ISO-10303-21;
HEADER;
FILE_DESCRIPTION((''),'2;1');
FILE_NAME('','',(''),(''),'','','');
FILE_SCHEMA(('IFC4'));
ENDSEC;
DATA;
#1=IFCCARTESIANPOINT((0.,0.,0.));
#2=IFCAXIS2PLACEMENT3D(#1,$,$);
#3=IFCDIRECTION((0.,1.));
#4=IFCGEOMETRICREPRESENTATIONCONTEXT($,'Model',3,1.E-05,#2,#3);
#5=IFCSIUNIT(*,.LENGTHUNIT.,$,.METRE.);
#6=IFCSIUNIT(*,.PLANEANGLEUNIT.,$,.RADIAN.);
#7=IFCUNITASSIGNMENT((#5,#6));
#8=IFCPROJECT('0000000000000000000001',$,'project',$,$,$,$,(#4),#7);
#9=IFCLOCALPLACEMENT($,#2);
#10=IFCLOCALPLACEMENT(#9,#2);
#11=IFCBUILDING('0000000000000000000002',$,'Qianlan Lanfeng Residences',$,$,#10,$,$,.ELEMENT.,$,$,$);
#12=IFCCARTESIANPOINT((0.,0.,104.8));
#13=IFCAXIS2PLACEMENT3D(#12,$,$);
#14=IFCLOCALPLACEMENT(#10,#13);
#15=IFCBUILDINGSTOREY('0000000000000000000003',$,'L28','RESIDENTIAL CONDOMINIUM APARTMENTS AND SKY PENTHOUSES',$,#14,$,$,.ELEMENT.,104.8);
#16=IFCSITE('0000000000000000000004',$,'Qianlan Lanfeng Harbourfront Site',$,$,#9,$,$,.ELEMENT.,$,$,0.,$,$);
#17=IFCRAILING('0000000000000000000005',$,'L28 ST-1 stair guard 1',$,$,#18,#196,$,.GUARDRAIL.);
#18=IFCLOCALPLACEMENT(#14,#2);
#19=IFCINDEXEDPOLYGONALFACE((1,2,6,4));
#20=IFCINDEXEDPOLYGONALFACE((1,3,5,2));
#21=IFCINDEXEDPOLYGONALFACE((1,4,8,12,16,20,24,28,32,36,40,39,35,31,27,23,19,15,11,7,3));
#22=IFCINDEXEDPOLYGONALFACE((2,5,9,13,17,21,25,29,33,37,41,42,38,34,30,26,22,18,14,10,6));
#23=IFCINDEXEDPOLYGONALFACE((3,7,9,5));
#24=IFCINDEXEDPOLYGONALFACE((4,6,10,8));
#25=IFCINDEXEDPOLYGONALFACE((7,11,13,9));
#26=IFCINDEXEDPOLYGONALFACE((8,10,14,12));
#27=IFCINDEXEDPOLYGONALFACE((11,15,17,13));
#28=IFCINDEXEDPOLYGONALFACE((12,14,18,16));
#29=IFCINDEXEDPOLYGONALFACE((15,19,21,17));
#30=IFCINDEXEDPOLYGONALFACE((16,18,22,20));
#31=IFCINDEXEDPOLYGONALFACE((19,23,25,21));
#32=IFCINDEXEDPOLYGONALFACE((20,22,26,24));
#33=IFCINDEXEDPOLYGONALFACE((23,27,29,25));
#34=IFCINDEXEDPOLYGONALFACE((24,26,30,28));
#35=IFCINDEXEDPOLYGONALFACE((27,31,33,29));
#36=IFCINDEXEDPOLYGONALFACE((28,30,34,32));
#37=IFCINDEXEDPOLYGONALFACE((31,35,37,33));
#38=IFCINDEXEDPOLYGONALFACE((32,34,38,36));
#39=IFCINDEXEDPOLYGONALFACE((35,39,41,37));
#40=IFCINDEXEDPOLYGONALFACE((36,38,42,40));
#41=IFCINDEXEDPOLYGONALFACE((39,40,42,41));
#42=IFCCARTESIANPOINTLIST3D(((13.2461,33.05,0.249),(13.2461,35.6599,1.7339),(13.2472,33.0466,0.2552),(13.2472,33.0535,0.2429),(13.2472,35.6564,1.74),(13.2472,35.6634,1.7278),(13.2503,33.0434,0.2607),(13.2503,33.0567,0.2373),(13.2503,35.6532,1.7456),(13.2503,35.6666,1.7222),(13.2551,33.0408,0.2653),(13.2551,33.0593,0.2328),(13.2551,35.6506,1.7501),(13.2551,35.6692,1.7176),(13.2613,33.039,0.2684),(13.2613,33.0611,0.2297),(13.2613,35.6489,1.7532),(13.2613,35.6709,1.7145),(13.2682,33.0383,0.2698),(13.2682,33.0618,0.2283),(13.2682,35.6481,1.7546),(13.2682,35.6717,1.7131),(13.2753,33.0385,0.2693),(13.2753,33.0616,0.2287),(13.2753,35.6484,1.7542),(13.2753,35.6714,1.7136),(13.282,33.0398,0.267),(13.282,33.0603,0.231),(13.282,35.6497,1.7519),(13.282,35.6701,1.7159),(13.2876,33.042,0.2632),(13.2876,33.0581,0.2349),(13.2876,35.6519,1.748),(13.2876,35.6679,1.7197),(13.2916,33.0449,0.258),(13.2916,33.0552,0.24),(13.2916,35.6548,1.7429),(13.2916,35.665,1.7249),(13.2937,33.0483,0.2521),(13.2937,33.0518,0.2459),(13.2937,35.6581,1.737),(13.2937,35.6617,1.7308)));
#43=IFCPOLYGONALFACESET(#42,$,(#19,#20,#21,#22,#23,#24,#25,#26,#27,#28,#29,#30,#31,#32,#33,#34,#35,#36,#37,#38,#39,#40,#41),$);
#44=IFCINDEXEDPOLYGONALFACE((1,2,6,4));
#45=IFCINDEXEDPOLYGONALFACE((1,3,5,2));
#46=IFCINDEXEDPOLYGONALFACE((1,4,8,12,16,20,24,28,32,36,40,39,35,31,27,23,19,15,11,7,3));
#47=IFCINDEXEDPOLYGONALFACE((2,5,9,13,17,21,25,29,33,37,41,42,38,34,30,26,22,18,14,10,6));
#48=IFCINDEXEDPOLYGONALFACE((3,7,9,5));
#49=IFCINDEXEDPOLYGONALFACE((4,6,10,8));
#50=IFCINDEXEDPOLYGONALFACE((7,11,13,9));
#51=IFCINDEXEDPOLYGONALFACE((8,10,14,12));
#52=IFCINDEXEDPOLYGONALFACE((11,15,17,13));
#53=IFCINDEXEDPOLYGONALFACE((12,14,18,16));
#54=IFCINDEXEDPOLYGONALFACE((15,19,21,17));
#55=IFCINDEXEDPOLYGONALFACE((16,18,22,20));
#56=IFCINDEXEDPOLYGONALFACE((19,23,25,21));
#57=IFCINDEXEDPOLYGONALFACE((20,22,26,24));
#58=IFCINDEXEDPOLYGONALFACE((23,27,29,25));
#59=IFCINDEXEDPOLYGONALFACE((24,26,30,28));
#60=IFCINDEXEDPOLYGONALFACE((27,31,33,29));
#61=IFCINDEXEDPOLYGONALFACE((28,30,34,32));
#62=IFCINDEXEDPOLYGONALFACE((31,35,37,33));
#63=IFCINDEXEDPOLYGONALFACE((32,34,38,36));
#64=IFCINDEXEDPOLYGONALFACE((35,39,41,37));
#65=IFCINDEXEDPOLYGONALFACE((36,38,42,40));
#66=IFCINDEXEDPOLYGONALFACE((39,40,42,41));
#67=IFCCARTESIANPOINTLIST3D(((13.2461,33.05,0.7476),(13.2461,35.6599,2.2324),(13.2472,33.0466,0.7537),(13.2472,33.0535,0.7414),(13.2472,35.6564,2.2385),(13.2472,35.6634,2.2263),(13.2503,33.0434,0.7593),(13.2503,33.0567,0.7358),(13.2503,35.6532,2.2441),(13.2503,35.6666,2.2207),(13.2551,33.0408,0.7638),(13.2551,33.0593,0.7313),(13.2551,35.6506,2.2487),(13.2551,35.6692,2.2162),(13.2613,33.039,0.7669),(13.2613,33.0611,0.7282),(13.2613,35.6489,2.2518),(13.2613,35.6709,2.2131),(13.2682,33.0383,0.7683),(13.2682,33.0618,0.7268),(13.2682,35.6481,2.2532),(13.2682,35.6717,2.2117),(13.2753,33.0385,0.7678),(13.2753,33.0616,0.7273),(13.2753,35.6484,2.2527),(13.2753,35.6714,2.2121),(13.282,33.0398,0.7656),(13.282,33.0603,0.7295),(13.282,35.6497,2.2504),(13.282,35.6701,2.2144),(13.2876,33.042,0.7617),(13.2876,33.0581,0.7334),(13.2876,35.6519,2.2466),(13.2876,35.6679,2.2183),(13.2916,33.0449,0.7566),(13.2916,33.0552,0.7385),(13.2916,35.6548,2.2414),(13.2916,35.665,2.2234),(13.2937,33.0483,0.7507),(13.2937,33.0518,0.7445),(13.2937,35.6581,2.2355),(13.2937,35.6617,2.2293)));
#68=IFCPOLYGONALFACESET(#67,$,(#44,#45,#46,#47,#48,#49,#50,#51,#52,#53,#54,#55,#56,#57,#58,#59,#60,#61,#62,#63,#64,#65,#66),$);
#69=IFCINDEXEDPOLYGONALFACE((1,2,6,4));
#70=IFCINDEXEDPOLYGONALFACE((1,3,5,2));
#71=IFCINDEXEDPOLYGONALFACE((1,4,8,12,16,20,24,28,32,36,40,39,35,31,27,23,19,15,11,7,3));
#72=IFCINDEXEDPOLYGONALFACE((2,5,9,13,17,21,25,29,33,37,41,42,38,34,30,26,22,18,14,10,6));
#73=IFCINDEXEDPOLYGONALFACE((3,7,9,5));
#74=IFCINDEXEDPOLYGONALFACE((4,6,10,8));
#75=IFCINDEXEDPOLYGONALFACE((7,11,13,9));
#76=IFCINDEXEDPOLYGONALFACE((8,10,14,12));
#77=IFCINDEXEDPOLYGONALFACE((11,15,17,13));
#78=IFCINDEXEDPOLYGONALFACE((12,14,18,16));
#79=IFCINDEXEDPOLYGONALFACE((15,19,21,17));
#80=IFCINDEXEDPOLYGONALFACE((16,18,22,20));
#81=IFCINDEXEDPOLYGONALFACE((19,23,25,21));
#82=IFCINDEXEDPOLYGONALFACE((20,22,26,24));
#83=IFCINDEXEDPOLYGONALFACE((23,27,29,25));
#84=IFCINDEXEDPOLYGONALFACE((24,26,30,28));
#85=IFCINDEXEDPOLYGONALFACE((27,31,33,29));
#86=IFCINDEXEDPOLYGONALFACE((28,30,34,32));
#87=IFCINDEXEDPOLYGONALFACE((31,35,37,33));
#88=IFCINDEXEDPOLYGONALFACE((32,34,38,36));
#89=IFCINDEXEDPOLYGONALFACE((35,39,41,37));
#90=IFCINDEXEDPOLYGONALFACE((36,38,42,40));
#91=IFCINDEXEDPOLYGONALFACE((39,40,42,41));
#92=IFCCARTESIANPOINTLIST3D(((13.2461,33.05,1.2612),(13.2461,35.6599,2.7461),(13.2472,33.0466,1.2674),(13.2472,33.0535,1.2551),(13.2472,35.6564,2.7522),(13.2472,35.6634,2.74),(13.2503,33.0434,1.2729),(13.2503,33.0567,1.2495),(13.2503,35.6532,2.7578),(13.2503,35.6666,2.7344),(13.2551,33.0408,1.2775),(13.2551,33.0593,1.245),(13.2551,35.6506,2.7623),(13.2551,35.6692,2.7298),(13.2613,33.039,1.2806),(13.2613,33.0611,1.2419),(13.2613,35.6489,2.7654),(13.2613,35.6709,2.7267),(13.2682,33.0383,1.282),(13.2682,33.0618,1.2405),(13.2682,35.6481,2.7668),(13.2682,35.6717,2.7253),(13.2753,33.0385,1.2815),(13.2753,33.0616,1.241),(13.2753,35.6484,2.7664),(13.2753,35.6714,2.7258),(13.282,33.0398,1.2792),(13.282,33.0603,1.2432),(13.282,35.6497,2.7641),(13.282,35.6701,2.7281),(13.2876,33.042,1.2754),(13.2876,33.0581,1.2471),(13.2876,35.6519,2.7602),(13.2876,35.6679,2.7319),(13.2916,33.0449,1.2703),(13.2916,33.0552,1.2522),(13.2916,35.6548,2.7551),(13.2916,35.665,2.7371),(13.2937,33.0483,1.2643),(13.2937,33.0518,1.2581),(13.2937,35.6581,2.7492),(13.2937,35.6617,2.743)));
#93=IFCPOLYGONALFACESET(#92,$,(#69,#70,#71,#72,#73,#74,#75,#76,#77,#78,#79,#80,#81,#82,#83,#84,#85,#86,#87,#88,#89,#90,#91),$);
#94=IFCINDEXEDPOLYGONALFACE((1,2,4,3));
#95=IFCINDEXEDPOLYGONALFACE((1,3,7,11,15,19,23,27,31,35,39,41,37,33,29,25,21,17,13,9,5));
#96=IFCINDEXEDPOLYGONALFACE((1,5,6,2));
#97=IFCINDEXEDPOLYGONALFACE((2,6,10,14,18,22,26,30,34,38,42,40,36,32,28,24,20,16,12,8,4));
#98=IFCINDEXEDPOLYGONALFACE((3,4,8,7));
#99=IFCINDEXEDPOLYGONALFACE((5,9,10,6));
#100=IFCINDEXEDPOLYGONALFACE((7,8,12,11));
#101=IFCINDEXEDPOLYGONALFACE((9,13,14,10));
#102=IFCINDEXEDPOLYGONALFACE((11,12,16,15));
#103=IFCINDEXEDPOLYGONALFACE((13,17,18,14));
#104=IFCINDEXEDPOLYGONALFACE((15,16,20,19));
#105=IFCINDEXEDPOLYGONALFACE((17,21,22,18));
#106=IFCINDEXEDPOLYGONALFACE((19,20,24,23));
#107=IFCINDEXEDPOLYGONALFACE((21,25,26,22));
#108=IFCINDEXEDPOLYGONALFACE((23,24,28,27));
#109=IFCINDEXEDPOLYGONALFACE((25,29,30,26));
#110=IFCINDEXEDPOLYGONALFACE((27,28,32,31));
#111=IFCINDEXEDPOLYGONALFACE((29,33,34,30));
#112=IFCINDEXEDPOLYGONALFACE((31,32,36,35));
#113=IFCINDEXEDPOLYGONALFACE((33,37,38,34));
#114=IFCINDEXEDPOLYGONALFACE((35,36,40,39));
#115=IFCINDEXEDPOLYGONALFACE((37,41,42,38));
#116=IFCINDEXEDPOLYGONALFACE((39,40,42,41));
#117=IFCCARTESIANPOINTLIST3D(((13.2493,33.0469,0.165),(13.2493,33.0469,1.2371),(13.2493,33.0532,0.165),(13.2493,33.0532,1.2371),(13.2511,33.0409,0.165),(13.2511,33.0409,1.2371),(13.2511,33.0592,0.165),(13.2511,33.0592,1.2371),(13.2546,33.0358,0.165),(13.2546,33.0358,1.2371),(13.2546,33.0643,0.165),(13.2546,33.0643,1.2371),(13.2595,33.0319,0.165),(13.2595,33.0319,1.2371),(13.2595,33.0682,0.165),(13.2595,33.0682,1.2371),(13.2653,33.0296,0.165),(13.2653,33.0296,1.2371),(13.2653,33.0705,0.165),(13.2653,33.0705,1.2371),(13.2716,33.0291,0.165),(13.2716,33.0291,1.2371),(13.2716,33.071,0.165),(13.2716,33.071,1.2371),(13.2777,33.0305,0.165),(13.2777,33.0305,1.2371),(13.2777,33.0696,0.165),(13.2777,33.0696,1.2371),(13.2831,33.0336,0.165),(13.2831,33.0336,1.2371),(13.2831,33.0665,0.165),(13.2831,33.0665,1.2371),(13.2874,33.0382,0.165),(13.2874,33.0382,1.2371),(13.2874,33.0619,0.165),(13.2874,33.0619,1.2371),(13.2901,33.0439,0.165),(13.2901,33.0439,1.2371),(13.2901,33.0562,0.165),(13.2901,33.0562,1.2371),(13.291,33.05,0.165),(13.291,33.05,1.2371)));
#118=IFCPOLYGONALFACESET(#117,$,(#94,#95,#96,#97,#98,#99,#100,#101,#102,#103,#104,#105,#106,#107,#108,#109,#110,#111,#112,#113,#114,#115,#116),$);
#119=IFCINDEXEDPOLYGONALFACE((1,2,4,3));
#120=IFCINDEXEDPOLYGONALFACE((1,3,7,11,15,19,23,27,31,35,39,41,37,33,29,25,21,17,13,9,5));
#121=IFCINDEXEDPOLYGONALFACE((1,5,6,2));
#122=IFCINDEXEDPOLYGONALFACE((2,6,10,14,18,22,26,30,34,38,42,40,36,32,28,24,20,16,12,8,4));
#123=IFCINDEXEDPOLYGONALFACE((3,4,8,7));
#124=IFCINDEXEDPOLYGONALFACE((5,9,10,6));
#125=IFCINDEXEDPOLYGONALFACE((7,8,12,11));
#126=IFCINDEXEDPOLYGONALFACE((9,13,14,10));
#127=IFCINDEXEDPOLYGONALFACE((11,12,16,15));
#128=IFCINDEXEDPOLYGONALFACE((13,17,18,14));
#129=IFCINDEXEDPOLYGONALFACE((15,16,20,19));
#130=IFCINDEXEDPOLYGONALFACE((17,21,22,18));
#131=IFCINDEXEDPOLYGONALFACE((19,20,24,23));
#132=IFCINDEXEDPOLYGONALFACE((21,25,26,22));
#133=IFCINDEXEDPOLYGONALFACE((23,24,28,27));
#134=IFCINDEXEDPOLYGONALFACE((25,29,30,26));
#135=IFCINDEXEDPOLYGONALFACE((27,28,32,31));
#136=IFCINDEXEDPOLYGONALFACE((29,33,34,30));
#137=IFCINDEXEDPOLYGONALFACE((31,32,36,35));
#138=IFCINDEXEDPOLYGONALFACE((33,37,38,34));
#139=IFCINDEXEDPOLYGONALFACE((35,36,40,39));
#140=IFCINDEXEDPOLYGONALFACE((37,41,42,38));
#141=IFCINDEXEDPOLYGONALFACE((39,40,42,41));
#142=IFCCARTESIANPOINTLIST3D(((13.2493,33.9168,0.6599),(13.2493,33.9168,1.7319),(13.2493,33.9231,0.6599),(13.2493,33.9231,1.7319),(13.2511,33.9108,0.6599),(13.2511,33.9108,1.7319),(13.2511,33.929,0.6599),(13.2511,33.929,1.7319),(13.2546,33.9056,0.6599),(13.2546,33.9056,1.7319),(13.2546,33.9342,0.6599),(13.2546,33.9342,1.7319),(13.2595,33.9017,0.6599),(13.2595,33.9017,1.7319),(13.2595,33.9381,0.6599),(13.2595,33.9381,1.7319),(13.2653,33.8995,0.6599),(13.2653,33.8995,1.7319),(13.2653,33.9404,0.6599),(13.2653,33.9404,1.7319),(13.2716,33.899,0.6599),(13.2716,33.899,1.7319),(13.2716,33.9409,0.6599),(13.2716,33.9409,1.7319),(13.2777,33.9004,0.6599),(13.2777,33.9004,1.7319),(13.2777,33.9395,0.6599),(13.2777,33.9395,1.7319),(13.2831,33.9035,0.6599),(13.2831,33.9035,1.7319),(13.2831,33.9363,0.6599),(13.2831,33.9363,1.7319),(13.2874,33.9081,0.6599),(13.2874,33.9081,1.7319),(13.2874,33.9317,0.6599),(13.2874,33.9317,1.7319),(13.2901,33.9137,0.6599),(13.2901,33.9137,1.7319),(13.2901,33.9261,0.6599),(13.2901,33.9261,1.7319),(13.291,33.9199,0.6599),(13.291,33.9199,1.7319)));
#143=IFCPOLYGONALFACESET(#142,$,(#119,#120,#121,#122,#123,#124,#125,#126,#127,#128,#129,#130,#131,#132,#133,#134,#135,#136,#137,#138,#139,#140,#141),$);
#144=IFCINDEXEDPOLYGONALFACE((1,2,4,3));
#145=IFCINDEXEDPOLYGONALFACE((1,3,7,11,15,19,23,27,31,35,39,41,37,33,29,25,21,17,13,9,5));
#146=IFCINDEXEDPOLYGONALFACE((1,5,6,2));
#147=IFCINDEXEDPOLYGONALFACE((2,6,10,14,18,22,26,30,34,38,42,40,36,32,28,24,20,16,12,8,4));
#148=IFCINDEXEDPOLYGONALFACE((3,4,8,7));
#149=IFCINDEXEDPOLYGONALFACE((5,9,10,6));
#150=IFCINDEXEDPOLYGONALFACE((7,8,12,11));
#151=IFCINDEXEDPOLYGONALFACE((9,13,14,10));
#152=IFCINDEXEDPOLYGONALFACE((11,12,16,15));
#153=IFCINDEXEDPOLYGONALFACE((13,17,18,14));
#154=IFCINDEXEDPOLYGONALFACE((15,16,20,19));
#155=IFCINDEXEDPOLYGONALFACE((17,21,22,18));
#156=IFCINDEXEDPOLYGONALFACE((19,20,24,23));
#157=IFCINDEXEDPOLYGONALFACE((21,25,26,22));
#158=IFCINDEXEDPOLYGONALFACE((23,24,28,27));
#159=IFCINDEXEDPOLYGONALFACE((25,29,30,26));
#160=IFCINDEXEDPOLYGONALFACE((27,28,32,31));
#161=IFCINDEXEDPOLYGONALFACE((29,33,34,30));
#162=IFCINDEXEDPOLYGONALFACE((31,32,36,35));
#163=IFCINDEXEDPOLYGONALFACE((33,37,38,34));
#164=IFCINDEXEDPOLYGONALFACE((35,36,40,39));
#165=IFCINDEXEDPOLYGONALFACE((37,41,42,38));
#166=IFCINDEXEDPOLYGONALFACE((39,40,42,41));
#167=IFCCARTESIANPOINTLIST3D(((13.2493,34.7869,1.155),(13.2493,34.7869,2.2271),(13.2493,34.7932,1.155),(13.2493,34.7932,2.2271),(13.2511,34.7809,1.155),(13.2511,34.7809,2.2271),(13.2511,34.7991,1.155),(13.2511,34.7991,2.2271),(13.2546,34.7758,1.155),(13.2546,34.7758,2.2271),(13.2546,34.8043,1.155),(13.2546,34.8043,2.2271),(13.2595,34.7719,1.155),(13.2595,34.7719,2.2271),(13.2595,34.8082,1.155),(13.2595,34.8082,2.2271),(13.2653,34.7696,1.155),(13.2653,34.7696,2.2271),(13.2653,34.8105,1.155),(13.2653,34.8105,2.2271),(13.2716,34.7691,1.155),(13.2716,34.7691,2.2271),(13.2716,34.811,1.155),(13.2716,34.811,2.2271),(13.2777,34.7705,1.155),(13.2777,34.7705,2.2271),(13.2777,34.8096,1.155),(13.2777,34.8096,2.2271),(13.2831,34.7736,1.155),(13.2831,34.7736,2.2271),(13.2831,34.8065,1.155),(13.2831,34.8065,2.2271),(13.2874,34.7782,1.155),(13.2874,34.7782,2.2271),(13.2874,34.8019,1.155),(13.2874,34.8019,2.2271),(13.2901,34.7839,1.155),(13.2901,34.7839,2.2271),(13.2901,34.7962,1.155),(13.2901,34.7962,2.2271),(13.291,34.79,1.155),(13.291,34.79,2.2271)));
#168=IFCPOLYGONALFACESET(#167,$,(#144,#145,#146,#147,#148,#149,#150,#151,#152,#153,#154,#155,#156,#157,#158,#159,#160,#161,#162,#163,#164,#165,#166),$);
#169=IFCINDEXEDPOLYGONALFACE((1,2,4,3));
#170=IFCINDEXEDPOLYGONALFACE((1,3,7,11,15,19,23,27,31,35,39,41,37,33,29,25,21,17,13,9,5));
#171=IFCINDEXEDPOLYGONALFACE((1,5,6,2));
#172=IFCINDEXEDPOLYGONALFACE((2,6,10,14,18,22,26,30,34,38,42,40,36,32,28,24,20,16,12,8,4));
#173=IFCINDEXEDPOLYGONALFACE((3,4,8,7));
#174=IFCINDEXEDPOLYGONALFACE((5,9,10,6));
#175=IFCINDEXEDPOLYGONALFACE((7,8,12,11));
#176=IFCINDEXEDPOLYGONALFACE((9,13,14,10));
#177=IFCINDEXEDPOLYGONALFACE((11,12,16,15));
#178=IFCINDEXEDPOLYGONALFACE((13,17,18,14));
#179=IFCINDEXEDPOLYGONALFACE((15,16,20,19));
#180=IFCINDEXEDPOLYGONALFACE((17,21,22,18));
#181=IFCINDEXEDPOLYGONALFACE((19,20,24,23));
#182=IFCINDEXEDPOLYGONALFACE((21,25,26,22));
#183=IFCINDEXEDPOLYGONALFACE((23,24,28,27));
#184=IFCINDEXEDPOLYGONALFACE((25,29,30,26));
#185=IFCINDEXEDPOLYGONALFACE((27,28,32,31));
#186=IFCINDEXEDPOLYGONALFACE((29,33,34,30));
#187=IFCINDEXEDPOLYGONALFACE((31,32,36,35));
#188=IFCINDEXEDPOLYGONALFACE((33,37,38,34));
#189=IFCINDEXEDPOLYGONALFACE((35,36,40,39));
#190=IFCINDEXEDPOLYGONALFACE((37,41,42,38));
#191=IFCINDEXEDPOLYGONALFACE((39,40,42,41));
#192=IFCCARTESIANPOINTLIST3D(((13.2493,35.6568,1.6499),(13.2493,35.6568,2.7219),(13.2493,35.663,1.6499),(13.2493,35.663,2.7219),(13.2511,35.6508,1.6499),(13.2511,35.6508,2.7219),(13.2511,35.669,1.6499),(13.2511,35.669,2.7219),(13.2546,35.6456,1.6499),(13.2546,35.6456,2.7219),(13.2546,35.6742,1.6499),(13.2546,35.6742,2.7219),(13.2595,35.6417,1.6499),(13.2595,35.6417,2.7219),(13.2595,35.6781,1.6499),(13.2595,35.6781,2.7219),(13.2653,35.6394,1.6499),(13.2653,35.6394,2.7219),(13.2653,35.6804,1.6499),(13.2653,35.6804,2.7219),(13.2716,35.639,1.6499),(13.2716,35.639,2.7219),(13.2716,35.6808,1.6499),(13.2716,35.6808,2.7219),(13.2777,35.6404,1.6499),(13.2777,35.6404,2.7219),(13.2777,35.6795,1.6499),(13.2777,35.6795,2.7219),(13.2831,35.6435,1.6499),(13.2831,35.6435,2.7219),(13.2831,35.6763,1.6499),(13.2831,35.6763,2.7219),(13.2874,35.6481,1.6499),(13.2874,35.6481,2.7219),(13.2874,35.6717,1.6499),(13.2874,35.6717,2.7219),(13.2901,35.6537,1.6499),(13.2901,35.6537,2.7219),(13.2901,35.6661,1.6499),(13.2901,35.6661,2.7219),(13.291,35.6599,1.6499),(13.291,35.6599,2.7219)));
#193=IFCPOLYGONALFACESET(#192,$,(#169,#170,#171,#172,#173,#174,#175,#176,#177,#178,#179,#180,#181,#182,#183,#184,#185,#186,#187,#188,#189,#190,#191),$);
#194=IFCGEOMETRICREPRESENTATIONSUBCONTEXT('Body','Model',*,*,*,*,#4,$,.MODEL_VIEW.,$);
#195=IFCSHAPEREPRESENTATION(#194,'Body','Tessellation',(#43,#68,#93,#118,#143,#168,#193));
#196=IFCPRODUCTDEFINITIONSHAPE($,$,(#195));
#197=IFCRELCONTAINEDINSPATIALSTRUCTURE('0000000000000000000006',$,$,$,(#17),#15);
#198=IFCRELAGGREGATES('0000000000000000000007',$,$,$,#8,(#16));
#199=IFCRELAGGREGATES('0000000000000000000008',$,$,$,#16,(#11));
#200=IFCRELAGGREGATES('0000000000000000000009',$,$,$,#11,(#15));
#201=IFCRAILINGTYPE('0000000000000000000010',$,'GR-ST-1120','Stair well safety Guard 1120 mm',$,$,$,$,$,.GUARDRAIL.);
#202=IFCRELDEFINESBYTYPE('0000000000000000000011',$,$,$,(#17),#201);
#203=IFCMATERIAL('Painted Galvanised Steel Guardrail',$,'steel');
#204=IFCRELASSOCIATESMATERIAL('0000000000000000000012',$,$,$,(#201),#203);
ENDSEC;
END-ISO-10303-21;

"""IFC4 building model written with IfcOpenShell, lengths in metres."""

from ifc_helpers import new_model, si_unit, direction, frame, origin, origin_2d, place, context, subcontext, project, spatial, circle, extrude, material, type_object, element, save


model = new_model("IFC4")

# Units and contexts
model_context = context("Model", 3, precision=1e-05, world=origin(), true_north=direction((0.0, 1.0)))
body_context = subcontext(model_context, "Body", "Model", "MODEL_VIEW")
ifc_project = project(units=[si_unit("LENGTHUNIT", "METRE"), si_unit("PLANEANGLEUNIT", "RADIAN")], contexts=[model_context])

# Site, building, storey
site_placement = place(None, origin())
site = spatial("IfcSite", under=ifc_project, at=site_placement, Name="Qianlan Lanfeng Harbourfront Site", CompositionType="ELEMENT", RefElevation=0.0)
building_placement = place(site_placement, origin())
building = spatial("IfcBuilding", under=site, at=building_placement, Name="Qianlan Lanfeng Residences", CompositionType="ELEMENT")
storey_placement = place(building_placement, frame((0.0, 0.0, 104.8)))
storey = spatial("IfcBuildingStorey", under=building, at=storey_placement, Name="L28", Description="RESIDENTIAL CONDOMINIUM APARTMENTS AND SKY PENTHOUSES", CompositionType="ELEMENT", Elevation=104.8)

# Railing
ifc_material_1 = material(Name="Painted Galvanised Steel Guardrail", Category="steel")
railing_type_1 = type_object("IfcRailingType", Name="GR-ST-1120", Description="Stair well safety Guard 1120 mm", PredefinedType="GUARDRAIL", material=ifc_material_1)
railing_1_placement = place(storey_placement, frame((13.27, 33.05, 0.165)))
element("IfcRailing", 1, at=railing_1_placement, inside=storey, type_object=railing_type_1, Name="L28 ST-1 stair guard 1", PredefinedType="GUARDRAIL", context=body_context, shape_type="SweptSolid", body=[
    extrude(circle(Radius=0.0239, at=origin_2d()), frame((0.0, 0.0, 0.084), z_axis=(0.0, 0.869172, 0.494509), x_axis=(-1.0, 0.0, 0.0)), (0.0, 0.0, 1.0), 3.0027),
    extrude(circle(Radius=0.0239, at=origin_2d()), frame((0.0, 0.0, 0.5825), z_axis=(0.0, 0.869172, 0.494509), x_axis=(-1.0, 0.0, 0.0)), (0.0, 0.0, 1.0), 3.0027),
    extrude(circle(Radius=0.0239, at=origin_2d()), frame((0.0, 0.0, 1.0962), z_axis=(0.0, 0.869172, 0.494509), x_axis=(-1.0, 0.0, 0.0)), (0.0, 0.0, 1.0), 3.0027),
    extrude(circle(Radius=0.021, at=origin_2d()), origin(), (0.0, 0.0, 1.0), 1.072),
    extrude(circle(Radius=0.021, at=origin_2d()), frame((0.0, 0.8699, 0.4949)), (0.0, 0.0, 1.0), 1.072),
    extrude(circle(Radius=0.021, at=origin_2d()), frame((0.0, 1.74, 0.99)), (0.0, 0.0, 1.0), 1.072),
    extrude(circle(Radius=0.021, at=origin_2d()), frame((0.0, 2.6099, 1.4849)), (0.0, 0.0, 1.0), 1.072),
])

save(model, "model.ifc")
